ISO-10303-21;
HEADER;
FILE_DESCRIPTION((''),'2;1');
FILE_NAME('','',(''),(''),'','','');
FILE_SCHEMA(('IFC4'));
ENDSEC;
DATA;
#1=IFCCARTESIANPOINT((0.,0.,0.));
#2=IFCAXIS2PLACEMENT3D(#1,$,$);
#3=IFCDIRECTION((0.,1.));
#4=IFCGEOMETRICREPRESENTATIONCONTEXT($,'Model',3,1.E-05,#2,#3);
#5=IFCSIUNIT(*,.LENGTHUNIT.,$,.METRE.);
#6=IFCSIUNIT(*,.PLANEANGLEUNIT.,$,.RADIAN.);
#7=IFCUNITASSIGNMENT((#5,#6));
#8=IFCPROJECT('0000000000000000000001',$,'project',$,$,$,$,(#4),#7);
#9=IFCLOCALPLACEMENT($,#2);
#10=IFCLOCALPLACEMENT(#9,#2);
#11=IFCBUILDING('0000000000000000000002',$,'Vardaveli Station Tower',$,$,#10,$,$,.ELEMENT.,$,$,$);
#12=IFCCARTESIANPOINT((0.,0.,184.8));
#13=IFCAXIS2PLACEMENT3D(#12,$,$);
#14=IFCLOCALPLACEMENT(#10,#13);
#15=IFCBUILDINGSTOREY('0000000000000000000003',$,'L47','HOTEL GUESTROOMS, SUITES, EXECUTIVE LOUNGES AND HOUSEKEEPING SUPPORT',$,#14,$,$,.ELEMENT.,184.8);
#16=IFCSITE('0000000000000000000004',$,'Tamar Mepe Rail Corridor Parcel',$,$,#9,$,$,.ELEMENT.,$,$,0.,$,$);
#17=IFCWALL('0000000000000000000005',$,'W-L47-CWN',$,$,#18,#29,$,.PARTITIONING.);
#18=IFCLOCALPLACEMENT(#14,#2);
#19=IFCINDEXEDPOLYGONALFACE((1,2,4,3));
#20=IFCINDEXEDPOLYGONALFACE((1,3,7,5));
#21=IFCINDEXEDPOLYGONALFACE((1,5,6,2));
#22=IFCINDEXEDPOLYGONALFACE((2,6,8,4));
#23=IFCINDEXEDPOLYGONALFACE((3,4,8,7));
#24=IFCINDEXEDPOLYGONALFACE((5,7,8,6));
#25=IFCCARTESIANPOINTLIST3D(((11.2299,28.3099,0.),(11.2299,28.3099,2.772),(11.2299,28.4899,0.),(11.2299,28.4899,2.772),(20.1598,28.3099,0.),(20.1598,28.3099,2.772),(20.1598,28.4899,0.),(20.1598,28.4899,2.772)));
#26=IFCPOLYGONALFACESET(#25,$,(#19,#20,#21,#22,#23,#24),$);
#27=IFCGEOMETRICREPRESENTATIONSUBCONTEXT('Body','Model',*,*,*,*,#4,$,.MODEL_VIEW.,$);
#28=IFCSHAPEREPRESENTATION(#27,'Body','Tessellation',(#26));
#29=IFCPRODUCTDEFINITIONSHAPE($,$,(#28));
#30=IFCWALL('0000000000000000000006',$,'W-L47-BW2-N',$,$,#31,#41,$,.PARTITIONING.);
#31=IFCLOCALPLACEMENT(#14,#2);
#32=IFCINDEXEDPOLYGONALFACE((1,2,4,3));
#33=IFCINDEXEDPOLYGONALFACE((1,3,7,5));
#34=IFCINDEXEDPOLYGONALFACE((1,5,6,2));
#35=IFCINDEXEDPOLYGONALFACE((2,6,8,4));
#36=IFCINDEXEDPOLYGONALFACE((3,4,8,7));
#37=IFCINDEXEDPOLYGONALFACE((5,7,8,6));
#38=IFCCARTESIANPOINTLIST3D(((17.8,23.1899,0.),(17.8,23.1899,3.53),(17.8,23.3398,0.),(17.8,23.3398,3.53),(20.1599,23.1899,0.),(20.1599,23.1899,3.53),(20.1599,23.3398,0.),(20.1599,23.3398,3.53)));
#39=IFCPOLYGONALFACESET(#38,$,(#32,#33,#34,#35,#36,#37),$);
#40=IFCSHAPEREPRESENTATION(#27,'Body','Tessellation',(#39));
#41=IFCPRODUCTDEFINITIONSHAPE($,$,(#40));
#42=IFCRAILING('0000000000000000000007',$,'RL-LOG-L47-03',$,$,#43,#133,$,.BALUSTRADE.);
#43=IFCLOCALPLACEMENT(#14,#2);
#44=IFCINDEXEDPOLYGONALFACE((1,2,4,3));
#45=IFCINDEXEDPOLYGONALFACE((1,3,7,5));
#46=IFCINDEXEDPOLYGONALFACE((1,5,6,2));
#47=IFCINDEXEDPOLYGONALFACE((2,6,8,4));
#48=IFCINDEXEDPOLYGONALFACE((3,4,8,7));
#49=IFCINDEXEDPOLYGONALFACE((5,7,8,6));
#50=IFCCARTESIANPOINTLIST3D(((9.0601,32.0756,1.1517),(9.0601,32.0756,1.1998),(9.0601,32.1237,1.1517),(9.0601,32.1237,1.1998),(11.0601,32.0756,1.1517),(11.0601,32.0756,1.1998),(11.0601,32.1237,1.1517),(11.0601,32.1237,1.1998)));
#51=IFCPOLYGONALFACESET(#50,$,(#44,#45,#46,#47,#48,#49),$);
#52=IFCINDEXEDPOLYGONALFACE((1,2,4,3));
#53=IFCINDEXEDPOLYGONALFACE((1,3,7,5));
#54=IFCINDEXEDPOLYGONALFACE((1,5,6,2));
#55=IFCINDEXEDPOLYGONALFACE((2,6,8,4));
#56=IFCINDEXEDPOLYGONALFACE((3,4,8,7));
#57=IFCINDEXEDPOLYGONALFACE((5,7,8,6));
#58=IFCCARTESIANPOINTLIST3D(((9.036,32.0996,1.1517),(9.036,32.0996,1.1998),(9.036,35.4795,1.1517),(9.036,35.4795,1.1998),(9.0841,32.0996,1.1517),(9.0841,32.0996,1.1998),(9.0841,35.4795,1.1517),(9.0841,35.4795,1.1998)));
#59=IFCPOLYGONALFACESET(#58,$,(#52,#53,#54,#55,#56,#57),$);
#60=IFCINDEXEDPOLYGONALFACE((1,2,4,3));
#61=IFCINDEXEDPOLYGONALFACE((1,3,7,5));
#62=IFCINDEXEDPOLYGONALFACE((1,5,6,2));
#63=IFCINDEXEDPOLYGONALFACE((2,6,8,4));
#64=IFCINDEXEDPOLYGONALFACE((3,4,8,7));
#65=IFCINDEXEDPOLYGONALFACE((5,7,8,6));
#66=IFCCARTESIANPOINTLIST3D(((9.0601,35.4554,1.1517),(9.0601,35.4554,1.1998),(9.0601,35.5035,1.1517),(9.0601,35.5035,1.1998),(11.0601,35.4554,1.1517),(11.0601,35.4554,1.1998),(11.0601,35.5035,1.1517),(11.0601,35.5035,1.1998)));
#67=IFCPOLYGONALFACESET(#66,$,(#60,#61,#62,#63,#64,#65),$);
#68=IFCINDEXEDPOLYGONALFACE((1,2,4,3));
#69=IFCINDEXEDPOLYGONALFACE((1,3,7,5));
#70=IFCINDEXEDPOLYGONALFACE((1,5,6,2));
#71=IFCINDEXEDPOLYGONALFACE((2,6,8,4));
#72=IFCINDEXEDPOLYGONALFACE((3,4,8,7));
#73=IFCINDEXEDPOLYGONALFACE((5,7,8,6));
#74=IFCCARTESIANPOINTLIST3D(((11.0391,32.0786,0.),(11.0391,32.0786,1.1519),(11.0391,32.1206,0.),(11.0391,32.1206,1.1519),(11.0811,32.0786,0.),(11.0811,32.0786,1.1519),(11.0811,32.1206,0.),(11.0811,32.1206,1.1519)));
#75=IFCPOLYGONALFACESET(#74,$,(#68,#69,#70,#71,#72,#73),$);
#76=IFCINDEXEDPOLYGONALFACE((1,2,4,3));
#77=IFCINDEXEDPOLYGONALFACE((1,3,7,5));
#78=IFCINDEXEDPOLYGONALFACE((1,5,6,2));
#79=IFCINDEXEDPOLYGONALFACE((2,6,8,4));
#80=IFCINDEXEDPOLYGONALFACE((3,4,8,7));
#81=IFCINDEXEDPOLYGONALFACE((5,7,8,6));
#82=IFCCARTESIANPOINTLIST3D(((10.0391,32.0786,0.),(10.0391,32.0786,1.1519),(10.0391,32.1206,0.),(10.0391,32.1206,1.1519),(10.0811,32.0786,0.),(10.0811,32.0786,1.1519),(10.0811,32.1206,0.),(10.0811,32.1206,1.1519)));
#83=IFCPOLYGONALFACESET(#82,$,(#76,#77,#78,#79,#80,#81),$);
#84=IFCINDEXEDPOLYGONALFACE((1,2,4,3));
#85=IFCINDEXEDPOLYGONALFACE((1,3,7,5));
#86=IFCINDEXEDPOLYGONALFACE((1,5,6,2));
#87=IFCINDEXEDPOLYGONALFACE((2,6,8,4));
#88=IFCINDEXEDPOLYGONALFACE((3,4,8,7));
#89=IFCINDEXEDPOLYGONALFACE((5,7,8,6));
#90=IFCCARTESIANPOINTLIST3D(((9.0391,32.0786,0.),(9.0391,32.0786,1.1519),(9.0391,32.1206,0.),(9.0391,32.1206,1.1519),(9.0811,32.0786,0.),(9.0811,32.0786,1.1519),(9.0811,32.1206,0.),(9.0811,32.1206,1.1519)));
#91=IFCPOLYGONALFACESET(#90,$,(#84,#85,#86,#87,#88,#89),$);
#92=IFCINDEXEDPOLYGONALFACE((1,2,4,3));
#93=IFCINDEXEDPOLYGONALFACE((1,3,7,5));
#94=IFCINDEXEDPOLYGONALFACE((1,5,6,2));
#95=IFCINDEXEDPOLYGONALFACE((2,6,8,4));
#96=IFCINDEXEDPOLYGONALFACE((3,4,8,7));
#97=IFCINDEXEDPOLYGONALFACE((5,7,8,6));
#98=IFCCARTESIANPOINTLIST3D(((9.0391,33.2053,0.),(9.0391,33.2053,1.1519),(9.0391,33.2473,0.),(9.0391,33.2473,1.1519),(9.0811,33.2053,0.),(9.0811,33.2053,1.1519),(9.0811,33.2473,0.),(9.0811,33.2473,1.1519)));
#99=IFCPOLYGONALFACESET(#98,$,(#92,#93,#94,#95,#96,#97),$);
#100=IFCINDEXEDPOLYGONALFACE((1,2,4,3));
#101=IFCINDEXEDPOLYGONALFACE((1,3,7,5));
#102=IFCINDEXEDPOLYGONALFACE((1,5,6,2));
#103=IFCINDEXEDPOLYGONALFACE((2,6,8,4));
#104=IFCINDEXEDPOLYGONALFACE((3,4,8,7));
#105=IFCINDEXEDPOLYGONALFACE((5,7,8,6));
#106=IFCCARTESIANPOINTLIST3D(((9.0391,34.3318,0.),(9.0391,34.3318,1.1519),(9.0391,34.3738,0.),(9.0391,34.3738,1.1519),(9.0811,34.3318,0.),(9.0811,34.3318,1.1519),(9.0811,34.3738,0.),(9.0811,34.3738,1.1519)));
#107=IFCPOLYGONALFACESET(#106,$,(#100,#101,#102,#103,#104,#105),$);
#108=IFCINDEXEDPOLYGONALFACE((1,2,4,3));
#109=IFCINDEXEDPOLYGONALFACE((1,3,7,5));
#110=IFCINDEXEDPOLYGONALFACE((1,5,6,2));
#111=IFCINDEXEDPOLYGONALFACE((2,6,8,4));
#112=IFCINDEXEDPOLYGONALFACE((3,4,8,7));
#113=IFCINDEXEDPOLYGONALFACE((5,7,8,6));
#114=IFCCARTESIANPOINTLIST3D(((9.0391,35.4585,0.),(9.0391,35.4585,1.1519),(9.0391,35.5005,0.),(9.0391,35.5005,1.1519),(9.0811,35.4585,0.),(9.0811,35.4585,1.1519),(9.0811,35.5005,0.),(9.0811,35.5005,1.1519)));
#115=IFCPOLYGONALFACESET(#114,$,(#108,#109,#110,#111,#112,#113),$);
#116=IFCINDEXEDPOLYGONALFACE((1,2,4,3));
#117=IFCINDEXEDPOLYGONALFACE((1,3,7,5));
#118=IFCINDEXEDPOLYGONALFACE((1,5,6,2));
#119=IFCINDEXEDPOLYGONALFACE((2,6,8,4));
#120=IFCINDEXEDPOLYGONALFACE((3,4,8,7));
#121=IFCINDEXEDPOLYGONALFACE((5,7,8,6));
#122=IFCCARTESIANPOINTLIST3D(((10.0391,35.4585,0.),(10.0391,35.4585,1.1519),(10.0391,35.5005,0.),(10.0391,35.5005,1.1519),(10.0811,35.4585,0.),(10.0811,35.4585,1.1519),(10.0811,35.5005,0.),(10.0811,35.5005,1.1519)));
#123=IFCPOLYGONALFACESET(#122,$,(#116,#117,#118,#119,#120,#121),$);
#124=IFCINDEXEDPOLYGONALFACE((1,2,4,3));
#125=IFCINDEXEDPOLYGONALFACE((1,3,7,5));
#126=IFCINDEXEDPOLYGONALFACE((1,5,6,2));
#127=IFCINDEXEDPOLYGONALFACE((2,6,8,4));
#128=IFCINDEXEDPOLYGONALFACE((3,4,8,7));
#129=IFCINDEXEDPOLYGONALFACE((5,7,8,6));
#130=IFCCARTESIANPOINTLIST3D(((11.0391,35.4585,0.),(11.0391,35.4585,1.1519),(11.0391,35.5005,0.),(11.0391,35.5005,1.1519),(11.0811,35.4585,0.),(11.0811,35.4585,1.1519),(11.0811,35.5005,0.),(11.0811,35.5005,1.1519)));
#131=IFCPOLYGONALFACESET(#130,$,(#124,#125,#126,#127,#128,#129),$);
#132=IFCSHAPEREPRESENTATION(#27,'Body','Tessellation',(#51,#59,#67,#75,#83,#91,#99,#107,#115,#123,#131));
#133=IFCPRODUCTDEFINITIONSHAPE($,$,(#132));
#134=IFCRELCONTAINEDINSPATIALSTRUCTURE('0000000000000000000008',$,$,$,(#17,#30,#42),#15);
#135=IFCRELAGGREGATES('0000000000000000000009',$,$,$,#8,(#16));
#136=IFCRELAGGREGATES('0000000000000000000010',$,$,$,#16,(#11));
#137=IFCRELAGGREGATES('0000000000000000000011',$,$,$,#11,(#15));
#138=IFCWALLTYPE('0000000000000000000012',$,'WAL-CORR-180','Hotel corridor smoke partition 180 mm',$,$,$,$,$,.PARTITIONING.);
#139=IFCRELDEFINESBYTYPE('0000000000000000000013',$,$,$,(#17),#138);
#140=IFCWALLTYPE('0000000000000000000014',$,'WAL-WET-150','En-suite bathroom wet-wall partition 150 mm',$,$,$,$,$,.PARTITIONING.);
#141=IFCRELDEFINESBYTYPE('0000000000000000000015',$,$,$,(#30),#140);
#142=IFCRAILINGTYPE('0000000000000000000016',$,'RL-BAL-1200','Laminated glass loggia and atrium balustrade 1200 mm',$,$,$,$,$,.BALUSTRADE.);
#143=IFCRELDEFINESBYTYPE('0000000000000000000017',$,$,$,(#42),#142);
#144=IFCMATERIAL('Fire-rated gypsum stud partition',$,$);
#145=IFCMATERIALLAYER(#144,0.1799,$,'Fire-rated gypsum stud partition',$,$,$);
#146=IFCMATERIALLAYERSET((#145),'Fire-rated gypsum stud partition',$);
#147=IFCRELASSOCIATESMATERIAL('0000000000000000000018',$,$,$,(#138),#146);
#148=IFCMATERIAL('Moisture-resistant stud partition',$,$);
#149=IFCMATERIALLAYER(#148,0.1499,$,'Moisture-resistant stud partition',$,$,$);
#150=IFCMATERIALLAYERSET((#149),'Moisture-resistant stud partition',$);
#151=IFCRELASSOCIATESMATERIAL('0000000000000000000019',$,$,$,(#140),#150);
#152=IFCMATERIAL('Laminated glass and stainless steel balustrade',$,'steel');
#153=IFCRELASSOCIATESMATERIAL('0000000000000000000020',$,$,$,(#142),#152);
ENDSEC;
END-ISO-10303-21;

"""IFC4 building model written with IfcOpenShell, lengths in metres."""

from ifc_helpers import new_model, si_unit, direction, frame, frame_2d, origin, origin_2d, place, context, subcontext, project, spatial, rectangle, extrude, source, transform, mapped, material, layer, layer_set, type_object, element, save


model = new_model("IFC4")

# Units and contexts
model_context = context("Model", 3, precision=1e-05, world=origin(), true_north=direction((0.0, 1.0)))
body_context = subcontext(model_context, "Body", "Model", "MODEL_VIEW")
ifc_project = project(units=[si_unit("LENGTHUNIT", "METRE"), si_unit("PLANEANGLEUNIT", "RADIAN")], contexts=[model_context])

# Site, building, storey
site_placement = place(None, origin())
site = spatial("IfcSite", under=ifc_project, at=site_placement, Name="Tamar Mepe Rail Corridor Parcel", CompositionType="ELEMENT", RefElevation=0.0)
building_placement = place(site_placement, origin())
building = spatial("IfcBuilding", under=site, at=building_placement, Name="Vardaveli Station Tower", CompositionType="ELEMENT")
storey_placement = place(building_placement, frame((0.0, 0.0, 184.8)))
storey = spatial("IfcBuildingStorey", under=building, at=storey_placement, Name="L47", Description="HOTEL GUESTROOMS, SUITES, EXECUTIVE LOUNGES AND HOUSEKEEPING SUPPORT", CompositionType="ELEMENT", Elevation=184.8)

# Shared definitions
ifc_material_1 = material(Name="Fire-rated gypsum stud partition")
ifc_layer_1 = layer(ifc_material_1, 0.1799, Name="Fire-rated gypsum stud partition")
ifc_layer_set_1 = layer_set([ifc_layer_1], Name="Fire-rated gypsum stud partition")
wall_type_1 = type_object("IfcWallType", Name="WAL-CORR-180", Description="Hotel corridor smoke partition 180 mm", PredefinedType="PARTITIONING", material=ifc_layer_set_1)

# Walls
shared_shape_1 = source(origin(), body_context, "Body", "SweptSolid", [
    extrude(rectangle(XDim=8.9299, YDim=0.1799, at=frame_2d((4.4648, 0.0))), origin(), (0.0, 0.0, 1.0), 2.772),
])
wall_1_placement = place(storey_placement, frame((11.23, 28.3999, 0.0), z_axis=(0.0, 0.0, 1.0), x_axis=(1.0, 0.0, 0.0)))
element("IfcWall", 1, at=wall_1_placement, inside=storey, type_object=wall_type_1, Name="W-L47-CWN", PredefinedType="PARTITIONING", context=body_context, shape_type="MappedRepresentation", body=[
    mapped(shared_shape_1, transform((0.0, 0.0, 0.0), scale=1.0)),
])
ifc_material_2 = material(Name="Moisture-resistant stud partition")
ifc_layer_2 = layer(ifc_material_2, 0.1499, Name="Moisture-resistant stud partition")
ifc_layer_set_2 = layer_set([ifc_layer_2], Name="Moisture-resistant stud partition")
wall_type_2 = type_object("IfcWallType", Name="WAL-WET-150", Description="En-suite bathroom wet-wall partition 150 mm", PredefinedType="PARTITIONING", material=ifc_layer_set_2)
shared_shape_2 = source(origin(), body_context, "Body", "SweptSolid", [
    extrude(rectangle(XDim=2.3599, YDim=0.1499, at=frame_2d((1.1799, 0.0))), origin(), (0.0, 0.0, 1.0), 3.53),
])
wall_2_placement = place(storey_placement, frame((17.8, 23.2649, 0.0), z_axis=(0.0, 0.0, 1.0), x_axis=(1.0, 0.0, 0.0)))
element("IfcWall", 2, at=wall_2_placement, inside=storey, type_object=wall_type_2, Name="W-L47-BW2-N", PredefinedType="PARTITIONING", context=body_context, shape_type="MappedRepresentation", body=[
    mapped(shared_shape_2, transform((0.0, 0.0, 0.0), scale=1.0)),
])

# Railing
ifc_material_3 = material(Name="Laminated glass and stainless steel balustrade", Category="steel")
railing_type = type_object("IfcRailingType", Name="RL-BAL-1200", Description="Laminated glass loggia and atrium balustrade 1200 mm", PredefinedType="BALUSTRADE", material=ifc_material_3)
shared_shape_3 = source(origin(), body_context, "Body", "SweptSolid", [
    extrude(rectangle(XDim=0.0481, YDim=0.0481, at=origin_2d()), frame((0.0, 0.0, 1.1758), z_axis=(-1.0, 0.0, 0.0), x_axis=(0.0, -1.0, 0.0)), (0.0, 0.0, 1.0), 2.0),
    extrude(rectangle(XDim=0.0481, YDim=0.0481, at=origin_2d()), frame((-2.0, 0.0, 1.1758), z_axis=(0.0, 1.0, 0.0), x_axis=(-1.0, 0.0, 0.0)), (0.0, 0.0, 1.0), 3.3799),
    extrude(rectangle(XDim=0.0481, YDim=0.0481, at=origin_2d()), frame((-2.0, 3.3799, 1.1758), z_axis=(1.0, 0.0, 0.0), x_axis=(0.0, 1.0, 0.0)), (0.0, 0.0, 1.0), 2.0),
    extrude(rectangle(XDim=0.042, YDim=0.042, at=origin_2d()), origin(), (0.0, 0.0, 1.0), 1.1519),
    extrude(rectangle(XDim=0.042, YDim=0.042, at=origin_2d()), frame((-1.0, 0.0, 0.0)), (0.0, 0.0, 1.0), 1.1519),
    extrude(rectangle(XDim=0.042, YDim=0.042, at=origin_2d()), frame((-2.0, 0.0, 0.0)), (0.0, 0.0, 1.0), 1.1519),
    extrude(rectangle(XDim=0.042, YDim=0.042, at=origin_2d()), frame((-2.0, 1.1267, 0.0)), (0.0, 0.0, 1.0), 1.1519),
    extrude(rectangle(XDim=0.042, YDim=0.042, at=origin_2d()), frame((-2.0, 2.2532, 0.0)), (0.0, 0.0, 1.0), 1.1519),
    extrude(rectangle(XDim=0.042, YDim=0.042, at=origin_2d()), frame((-2.0, 3.3799, 0.0)), (0.0, 0.0, 1.0), 1.1519),
    extrude(rectangle(XDim=0.042, YDim=0.042, at=origin_2d()), frame((-1.0, 3.3799, 0.0)), (0.0, 0.0, 1.0), 1.1519),
    extrude(rectangle(XDim=0.042, YDim=0.042, at=origin_2d()), frame((0.0, 3.3799, 0.0)), (0.0, 0.0, 1.0), 1.1519),
])
railing_placement = place(storey_placement, frame((11.0601, 32.0996, 0.0)))
element("IfcRailing", 3, at=railing_placement, inside=storey, type_object=railing_type, Name="RL-LOG-L47-03", PredefinedType="BALUSTRADE", context=body_context, shape_type="MappedRepresentation", body=[
    mapped(shared_shape_3, transform((0.0, 0.0, 0.0), scale=1.0)),
])

save(model, "model.ifc")
